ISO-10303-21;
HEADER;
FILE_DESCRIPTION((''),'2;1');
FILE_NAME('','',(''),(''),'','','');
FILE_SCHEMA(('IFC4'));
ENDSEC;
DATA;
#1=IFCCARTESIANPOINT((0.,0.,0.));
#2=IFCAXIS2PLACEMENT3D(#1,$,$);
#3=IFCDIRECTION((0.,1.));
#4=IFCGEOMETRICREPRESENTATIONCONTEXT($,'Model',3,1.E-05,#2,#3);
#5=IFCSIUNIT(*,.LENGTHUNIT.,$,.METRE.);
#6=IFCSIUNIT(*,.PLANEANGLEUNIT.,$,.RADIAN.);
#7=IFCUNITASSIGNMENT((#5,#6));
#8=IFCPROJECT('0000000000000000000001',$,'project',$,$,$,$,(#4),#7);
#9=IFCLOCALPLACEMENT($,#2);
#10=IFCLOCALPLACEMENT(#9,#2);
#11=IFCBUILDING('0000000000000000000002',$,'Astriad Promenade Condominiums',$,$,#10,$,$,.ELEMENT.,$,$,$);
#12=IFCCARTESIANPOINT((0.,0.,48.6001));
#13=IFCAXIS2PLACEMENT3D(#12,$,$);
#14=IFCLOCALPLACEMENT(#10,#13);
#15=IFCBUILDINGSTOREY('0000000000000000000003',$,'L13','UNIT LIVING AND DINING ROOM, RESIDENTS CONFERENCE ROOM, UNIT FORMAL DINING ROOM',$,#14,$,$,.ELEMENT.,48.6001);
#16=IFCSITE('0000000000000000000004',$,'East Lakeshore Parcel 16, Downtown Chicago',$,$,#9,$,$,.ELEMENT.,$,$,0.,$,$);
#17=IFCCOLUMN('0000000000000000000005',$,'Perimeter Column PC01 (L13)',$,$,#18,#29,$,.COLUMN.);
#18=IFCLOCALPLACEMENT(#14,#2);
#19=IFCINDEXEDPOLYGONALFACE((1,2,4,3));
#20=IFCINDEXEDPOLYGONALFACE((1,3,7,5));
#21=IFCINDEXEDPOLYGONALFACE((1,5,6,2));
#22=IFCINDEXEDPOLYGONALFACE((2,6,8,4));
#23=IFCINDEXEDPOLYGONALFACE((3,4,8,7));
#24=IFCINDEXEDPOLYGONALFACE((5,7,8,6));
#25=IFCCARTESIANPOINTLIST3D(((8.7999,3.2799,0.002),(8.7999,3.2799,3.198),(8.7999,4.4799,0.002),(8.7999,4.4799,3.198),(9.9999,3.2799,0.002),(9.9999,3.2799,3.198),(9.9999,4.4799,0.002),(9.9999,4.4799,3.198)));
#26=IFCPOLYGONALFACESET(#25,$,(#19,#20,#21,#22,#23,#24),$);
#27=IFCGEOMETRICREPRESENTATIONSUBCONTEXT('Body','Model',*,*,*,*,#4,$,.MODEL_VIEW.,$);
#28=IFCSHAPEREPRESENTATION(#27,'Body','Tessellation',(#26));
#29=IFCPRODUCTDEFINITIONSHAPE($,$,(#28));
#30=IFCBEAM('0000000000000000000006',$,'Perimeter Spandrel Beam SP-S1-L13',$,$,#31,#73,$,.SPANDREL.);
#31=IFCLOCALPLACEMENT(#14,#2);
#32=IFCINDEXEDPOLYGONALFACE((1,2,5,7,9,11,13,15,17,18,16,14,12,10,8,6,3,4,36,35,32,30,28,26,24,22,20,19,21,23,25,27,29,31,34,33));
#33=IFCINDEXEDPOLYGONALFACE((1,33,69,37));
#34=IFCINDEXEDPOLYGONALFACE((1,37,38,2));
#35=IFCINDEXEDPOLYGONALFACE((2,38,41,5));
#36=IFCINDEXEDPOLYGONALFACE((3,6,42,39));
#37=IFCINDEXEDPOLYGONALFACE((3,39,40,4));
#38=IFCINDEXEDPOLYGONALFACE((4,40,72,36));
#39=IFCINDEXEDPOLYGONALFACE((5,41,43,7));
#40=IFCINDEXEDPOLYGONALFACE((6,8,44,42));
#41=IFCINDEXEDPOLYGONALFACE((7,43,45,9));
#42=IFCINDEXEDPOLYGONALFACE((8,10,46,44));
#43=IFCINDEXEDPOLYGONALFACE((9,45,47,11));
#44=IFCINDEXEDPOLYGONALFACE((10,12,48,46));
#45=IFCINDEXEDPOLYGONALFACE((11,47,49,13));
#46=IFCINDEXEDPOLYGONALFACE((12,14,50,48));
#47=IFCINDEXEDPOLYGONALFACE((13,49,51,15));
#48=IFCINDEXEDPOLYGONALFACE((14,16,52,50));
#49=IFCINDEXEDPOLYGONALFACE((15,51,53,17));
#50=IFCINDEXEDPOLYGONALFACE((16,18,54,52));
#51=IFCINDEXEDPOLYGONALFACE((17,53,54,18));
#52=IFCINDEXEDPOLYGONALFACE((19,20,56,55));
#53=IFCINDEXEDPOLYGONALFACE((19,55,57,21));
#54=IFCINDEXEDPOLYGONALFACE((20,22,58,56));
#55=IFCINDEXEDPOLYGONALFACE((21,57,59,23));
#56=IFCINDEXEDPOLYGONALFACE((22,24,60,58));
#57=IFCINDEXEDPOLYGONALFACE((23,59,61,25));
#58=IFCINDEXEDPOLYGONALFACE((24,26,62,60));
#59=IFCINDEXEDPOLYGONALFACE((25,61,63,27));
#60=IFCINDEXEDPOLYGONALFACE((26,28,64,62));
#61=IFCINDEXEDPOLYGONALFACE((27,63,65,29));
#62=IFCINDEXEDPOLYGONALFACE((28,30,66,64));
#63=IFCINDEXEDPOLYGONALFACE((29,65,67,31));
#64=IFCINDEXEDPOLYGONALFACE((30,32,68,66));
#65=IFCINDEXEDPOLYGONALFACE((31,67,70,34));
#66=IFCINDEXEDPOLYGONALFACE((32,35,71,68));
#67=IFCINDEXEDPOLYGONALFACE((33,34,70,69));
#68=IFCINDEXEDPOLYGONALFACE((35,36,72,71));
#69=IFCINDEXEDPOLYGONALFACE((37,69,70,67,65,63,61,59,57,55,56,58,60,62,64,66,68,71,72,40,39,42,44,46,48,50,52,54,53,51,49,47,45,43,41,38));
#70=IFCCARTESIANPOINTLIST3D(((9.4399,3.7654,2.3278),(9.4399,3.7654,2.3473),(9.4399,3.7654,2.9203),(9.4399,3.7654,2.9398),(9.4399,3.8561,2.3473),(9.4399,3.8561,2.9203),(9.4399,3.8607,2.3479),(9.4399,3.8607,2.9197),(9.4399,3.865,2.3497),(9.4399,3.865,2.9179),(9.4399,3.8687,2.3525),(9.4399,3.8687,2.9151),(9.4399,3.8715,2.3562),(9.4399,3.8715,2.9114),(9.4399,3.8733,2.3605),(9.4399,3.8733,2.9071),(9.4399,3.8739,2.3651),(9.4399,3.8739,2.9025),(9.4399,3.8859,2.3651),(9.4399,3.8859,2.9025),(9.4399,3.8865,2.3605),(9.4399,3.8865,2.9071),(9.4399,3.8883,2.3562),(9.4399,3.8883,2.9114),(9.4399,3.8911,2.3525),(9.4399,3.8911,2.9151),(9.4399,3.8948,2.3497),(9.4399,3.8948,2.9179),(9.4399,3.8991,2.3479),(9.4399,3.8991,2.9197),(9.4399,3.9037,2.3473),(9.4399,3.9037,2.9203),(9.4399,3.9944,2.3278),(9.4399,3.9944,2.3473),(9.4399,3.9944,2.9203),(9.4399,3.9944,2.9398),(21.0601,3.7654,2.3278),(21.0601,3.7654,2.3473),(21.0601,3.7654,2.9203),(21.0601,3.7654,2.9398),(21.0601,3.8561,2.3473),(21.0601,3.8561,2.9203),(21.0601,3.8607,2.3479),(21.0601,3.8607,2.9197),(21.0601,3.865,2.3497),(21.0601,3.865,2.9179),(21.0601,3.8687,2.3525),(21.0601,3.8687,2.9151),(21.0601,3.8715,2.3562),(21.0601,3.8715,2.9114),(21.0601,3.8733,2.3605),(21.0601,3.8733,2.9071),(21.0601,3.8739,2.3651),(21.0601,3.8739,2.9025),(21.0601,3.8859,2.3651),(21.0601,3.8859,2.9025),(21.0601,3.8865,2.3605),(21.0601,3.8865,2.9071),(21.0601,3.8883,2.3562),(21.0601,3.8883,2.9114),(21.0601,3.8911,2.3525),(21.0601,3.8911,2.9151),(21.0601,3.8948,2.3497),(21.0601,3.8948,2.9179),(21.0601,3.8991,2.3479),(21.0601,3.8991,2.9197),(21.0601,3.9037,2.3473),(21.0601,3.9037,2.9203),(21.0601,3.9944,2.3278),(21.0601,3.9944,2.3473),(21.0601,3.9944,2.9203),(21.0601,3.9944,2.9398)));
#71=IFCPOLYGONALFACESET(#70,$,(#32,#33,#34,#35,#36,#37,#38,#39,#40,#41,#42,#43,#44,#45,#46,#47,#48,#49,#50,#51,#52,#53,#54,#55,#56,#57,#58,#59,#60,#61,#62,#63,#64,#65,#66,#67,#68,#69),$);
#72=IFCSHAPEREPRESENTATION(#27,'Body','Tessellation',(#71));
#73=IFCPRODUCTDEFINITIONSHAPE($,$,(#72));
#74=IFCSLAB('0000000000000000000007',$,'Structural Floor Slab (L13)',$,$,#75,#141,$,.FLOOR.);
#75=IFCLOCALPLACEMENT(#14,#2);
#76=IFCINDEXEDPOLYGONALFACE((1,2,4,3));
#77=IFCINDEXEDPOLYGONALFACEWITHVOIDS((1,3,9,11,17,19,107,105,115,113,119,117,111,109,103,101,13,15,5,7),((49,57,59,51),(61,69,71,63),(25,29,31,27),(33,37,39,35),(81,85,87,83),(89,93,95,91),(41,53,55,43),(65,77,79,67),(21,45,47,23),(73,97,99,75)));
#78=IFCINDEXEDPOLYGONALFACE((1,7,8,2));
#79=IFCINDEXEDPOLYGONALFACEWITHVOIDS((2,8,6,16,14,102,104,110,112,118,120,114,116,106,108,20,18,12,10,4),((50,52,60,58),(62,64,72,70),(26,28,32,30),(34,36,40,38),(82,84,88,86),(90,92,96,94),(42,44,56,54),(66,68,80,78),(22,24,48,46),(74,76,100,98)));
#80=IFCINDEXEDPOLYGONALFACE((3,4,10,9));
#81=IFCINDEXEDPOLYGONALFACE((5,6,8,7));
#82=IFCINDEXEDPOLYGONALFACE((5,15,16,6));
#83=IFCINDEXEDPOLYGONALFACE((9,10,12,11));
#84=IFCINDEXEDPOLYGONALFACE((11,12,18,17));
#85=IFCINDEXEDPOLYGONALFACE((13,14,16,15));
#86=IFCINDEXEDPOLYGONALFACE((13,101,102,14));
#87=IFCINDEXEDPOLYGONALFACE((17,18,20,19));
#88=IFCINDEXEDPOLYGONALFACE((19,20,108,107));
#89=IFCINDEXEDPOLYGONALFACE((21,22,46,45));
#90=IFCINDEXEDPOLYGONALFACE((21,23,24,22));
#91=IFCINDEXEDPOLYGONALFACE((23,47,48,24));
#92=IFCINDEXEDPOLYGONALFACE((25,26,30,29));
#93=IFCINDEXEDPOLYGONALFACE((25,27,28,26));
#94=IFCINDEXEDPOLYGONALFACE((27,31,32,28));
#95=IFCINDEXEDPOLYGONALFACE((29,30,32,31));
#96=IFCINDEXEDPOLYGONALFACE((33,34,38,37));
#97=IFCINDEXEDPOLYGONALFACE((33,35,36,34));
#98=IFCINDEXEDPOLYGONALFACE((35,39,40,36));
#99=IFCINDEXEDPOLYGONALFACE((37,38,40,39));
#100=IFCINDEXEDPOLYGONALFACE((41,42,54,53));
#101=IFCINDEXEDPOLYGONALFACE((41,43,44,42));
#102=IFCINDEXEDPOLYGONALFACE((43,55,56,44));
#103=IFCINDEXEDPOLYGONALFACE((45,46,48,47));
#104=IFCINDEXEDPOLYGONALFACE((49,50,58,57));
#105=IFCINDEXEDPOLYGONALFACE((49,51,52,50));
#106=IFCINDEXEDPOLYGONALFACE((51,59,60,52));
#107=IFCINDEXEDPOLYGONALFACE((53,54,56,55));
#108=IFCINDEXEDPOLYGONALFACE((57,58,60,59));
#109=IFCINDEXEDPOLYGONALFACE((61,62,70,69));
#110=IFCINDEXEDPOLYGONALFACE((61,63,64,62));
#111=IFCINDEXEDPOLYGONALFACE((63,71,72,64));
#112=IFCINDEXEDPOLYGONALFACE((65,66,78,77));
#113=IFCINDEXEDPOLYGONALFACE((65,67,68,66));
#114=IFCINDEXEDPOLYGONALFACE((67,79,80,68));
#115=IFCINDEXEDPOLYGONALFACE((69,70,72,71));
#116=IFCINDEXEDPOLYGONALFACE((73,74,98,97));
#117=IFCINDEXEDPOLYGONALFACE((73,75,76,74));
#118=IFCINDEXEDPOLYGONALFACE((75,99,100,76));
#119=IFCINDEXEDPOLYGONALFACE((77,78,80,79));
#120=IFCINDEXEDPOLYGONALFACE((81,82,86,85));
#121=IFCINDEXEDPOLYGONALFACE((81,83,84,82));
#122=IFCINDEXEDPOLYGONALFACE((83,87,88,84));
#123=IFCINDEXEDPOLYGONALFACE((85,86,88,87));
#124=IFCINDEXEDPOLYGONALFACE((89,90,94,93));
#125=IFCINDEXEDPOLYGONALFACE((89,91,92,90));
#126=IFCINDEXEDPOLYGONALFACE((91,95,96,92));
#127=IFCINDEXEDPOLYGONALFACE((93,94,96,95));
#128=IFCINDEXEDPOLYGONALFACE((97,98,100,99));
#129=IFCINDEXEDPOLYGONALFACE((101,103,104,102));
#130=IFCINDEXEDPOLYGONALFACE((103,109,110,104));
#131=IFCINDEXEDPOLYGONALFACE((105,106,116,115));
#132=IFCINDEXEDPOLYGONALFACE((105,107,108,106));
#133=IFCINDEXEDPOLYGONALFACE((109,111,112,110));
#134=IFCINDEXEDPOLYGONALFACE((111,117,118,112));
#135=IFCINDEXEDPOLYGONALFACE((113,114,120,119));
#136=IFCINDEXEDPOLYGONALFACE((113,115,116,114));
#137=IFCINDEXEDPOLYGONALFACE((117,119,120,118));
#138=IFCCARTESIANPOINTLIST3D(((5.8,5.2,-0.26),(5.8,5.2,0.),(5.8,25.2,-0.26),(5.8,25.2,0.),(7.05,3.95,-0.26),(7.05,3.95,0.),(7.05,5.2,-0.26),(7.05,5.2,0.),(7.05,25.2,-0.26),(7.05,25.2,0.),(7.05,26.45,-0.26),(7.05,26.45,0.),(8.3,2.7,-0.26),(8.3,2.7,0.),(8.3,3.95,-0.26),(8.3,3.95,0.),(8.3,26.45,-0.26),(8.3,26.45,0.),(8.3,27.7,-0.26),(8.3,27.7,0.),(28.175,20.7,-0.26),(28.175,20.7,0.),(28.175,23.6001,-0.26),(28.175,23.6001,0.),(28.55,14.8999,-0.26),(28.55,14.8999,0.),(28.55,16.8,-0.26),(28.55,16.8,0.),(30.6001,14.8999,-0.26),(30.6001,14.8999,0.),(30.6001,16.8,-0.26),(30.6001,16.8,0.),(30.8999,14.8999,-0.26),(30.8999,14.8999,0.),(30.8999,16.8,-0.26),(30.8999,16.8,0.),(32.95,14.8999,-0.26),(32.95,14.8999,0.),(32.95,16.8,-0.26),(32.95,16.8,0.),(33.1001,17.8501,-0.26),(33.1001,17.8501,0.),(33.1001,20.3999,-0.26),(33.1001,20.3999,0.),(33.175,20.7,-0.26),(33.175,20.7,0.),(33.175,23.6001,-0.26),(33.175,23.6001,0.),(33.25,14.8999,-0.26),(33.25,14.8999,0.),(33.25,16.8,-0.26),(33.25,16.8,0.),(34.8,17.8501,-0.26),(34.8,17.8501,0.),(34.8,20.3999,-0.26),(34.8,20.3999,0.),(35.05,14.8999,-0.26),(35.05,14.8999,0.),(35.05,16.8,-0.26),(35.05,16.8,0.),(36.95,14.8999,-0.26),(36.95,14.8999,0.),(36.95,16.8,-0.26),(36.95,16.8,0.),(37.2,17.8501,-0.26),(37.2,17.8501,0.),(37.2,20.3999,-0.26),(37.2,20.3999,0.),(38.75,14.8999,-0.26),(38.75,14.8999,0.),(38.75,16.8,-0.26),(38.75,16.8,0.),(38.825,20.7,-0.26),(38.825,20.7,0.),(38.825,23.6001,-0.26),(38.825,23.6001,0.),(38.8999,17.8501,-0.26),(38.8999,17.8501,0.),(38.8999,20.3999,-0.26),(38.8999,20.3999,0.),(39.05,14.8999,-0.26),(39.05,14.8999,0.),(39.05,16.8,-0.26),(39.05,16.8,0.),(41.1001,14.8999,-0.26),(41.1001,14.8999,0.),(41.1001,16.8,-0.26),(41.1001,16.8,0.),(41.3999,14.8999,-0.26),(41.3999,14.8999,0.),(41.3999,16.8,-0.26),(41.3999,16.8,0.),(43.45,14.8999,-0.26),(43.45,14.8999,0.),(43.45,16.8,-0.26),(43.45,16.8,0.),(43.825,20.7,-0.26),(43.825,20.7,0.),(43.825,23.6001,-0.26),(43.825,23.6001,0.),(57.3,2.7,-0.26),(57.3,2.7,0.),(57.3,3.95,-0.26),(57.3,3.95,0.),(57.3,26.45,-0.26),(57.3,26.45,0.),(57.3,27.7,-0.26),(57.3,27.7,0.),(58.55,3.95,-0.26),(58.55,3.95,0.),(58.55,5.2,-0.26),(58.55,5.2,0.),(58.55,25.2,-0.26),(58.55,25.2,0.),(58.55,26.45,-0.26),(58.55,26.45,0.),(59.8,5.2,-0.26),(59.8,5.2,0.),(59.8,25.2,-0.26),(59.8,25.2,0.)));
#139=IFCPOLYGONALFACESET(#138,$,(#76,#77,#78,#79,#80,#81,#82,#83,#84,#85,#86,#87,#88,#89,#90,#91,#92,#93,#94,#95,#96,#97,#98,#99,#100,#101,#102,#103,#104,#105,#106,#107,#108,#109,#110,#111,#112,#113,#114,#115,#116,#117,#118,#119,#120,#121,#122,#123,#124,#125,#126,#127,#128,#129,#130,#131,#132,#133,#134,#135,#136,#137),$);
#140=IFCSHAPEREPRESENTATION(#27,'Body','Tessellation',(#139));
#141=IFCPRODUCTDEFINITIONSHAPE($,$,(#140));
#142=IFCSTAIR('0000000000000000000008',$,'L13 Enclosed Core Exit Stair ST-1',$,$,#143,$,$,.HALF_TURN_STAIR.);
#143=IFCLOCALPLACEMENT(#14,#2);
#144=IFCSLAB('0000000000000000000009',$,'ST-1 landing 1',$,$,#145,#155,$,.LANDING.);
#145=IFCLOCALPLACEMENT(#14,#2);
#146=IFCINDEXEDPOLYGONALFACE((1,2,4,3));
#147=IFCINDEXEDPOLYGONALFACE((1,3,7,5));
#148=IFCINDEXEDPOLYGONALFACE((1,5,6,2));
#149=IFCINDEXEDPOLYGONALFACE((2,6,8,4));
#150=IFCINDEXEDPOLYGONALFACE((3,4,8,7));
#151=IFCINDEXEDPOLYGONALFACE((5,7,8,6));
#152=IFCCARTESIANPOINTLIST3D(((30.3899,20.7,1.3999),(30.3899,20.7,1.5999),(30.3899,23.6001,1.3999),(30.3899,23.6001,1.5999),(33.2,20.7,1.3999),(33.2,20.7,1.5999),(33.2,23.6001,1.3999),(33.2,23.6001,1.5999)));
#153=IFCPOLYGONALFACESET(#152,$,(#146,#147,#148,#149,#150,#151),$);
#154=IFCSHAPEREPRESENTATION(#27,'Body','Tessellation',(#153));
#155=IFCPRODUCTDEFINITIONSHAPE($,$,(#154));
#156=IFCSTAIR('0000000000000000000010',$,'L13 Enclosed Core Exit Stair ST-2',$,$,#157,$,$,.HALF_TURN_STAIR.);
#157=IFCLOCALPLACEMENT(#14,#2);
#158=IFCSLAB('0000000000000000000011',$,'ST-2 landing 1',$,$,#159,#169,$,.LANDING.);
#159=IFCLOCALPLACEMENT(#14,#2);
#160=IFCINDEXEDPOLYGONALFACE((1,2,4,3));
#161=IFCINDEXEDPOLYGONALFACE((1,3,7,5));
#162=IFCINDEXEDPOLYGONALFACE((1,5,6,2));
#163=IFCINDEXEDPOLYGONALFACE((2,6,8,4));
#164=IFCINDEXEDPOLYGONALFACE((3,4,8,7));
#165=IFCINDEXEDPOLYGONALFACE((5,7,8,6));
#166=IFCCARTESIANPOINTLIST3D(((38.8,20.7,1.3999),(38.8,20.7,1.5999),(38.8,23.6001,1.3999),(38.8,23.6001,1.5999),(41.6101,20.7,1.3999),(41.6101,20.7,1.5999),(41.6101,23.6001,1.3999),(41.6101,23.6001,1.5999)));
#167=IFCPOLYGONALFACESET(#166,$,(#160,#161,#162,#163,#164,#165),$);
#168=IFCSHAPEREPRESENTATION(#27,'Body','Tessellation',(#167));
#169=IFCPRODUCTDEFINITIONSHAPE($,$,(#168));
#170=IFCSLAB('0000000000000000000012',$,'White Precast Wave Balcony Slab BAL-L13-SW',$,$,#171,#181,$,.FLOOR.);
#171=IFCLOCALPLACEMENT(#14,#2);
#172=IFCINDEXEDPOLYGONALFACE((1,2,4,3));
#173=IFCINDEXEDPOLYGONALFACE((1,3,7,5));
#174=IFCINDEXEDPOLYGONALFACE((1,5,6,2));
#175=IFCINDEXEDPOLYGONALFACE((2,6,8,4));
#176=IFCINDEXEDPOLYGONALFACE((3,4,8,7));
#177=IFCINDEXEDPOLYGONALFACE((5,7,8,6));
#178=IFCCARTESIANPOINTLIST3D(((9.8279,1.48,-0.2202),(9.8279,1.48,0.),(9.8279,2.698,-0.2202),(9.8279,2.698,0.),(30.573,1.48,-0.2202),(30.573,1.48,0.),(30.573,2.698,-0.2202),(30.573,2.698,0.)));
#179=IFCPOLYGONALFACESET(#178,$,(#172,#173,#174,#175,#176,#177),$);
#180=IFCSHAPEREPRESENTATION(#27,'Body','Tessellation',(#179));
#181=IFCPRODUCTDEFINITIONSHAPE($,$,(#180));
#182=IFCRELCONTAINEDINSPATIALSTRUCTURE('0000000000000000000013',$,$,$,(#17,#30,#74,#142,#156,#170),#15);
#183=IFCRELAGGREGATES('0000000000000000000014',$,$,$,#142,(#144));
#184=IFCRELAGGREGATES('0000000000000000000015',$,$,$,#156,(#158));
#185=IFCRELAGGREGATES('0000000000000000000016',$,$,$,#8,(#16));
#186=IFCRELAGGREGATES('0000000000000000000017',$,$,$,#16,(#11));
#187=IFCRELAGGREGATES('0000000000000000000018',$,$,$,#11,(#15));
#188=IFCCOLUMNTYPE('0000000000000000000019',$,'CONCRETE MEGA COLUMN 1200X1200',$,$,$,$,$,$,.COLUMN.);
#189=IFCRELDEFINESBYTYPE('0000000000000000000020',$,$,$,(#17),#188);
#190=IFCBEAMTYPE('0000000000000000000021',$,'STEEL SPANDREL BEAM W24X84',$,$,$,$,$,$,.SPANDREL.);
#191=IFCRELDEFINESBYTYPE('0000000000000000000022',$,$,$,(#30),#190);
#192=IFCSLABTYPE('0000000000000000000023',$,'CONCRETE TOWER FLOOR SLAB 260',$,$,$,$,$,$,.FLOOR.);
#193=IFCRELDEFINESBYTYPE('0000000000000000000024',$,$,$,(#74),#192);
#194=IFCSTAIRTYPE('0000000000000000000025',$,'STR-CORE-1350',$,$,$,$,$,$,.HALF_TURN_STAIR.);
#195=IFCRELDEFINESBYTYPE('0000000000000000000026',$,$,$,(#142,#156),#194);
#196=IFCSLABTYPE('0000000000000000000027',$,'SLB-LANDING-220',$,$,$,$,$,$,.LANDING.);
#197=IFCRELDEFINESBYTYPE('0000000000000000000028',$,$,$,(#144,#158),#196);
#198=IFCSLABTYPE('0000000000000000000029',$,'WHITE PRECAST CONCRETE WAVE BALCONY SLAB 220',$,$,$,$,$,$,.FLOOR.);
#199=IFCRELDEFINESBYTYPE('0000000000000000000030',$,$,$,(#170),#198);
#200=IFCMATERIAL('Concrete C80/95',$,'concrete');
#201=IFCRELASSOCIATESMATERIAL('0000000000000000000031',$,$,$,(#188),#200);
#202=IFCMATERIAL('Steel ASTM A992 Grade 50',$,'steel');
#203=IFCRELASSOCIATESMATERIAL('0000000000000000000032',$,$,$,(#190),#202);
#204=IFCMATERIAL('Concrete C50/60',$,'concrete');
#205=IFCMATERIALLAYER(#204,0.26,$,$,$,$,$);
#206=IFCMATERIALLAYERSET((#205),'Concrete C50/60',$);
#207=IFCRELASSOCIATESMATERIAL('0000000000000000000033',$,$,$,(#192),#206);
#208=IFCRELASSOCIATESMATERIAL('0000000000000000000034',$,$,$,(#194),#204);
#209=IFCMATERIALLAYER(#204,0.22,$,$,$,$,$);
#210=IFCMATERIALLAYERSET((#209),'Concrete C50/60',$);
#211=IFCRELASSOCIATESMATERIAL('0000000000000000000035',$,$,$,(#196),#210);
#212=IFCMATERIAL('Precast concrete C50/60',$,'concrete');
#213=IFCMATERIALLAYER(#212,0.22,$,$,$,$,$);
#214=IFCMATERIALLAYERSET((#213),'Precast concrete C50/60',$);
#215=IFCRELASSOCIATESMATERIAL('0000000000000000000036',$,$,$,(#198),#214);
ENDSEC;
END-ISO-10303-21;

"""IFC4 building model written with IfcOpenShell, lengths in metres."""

from ifc_helpers import new_model, si_unit, direction, frame, origin, origin_2d, place, context, subcontext, project, spatial, polyline, rectangle, i_section, outline, extrude, source, transform, mapped, material, layer, layer_set, material_profile, profile_set, type_object, type_shapes, element, aggregate, save


model = new_model("IFC4")

# Units and contexts
model_context = context("Model", 3, precision=1e-05, world=origin(), true_north=direction((0.0, 1.0)))
body_context = subcontext(model_context, "Body", "Model", "MODEL_VIEW")
ifc_project = project(units=[si_unit("LENGTHUNIT", "METRE"), si_unit("PLANEANGLEUNIT", "RADIAN")], contexts=[model_context])

# Site, building, storey
site_placement = place(None, origin())
site = spatial("IfcSite", under=ifc_project, at=site_placement, Name="East Lakeshore Parcel 16, Downtown Chicago", CompositionType="ELEMENT", RefElevation=0.0)
building_placement = place(site_placement, origin())
building = spatial("IfcBuilding", under=site, at=building_placement, Name="Astriad Promenade Condominiums", CompositionType="ELEMENT")
storey_placement = place(building_placement, frame((0.0, 0.0, 48.6001)))
storey = spatial("IfcBuildingStorey", under=building, at=storey_placement, Name="L13", Description="UNIT LIVING AND DINING ROOM, RESIDENTS CONFERENCE ROOM, UNIT FORMAL DINING ROOM", CompositionType="ELEMENT", Elevation=48.6001)

# Column
ifc_material_1 = material(Name="Concrete C80/95", Category="concrete")
ifc_material_profile_1 = material_profile(ifc_material_1, rectangle(XDim=1.2, YDim=1.2, at=origin_2d()), Name="RC-COL-1200X1200")
ifc_profile_set_1 = profile_set([ifc_material_profile_1], Name="Concrete C80/95")
column_type = type_object("IfcColumnType", Name="CONCRETE MEGA COLUMN 1200X1200", PredefinedType="COLUMN", material=ifc_profile_set_1)
shared_shape_1 = source(origin(), body_context, "Body", "SweptSolid", [
    extrude(rectangle(XDim=1.2, YDim=1.2, at=origin_2d()), origin(), (0.0, 0.0, 1.0), 3.196),
])
type_shapes(column_type, [shared_shape_1])
column_placement = place(storey_placement, frame((9.3999, 3.8799, 0.002), z_axis=(0.0, 0.0, 1.0), x_axis=(1.0, 0.0, 0.0)))
element("IfcColumn", 1, at=column_placement, inside=storey, type_object=column_type, Name="Perimeter Column PC01 (L13)", PredefinedType="COLUMN", context=body_context, shape_type="MappedRepresentation", body=[
    mapped(shared_shape_1, transform((0.0, 0.0, 0.0), scale=1.0)),
])

# Beam
ifc_material_2 = material(Name="Steel ASTM A992 Grade 50", Category="steel")
ifc_material_profile_2 = material_profile(ifc_material_2, i_section(OverallWidth=0.229, OverallDepth=0.6121, WebThickness=0.012, FlangeThickness=0.0195, FilletRadius=0.0178, at=origin_2d()), Name="W24X84")
ifc_profile_set_2 = profile_set([ifc_material_profile_2], Name="Steel ASTM A992 Grade 50")
beam_type = type_object("IfcBeamType", Name="STEEL SPANDREL BEAM W24X84", PredefinedType="SPANDREL", material=ifc_profile_set_2)
shared_shape_2 = source(origin(), body_context, "Body", "SweptSolid", [
    extrude(i_section(OverallWidth=0.229, OverallDepth=0.6121, WebThickness=0.012, FlangeThickness=0.0195, FilletRadius=0.0178, at=origin_2d()), origin(), (0.0, 0.0, 1.0), 11.6201),
])
type_shapes(beam_type, [shared_shape_2])
beam_placement = place(storey_placement, frame((9.4399, 3.8799, 2.6338), z_axis=(1.0, 0.0, 0.0), x_axis=(0.0, 1.0, 0.0)))
element("IfcBeam", 2, at=beam_placement, inside=storey, type_object=beam_type, Name="Perimeter Spandrel Beam SP-S1-L13", PredefinedType="SPANDREL", context=body_context, shape_type="MappedRepresentation", body=[
    mapped(shared_shape_2, transform((0.0, 0.0, 0.0), scale=1.0)),
])

# Slab
ifc_material_3 = material(Name="Concrete C50/60", Category="concrete")
ifc_layer_1 = layer(ifc_material_3, 0.26)
ifc_layer_set_1 = layer_set([ifc_layer_1], Name="Concrete C50/60")
slab_type_1 = type_object("IfcSlabType", Name="CONCRETE TOWER FLOOR SLAB 260", PredefinedType="FLOOR", material=ifc_layer_set_1)
slab_1_placement = place(storey_placement, frame((0.0, 0.0, -0.26)))
element("IfcSlab", 3, at=slab_1_placement, inside=storey, type_object=slab_type_1, Name="Structural Floor Slab (L13)", PredefinedType="FLOOR", context=body_context, shape_type="SweptSolid", body=[
    extrude(outline(polyline([(8.3, 2.7), (57.3, 2.7), (57.3, 3.95), (58.55, 3.95), (58.55, 5.2), (59.8, 5.2), (59.8, 25.2), (58.55, 25.2), (58.55, 26.45), (57.3, 26.45), (57.3, 27.7), (8.3, 27.7), (8.3, 26.45), (7.05, 26.45), (7.05, 25.2), (5.8, 25.2), (5.8, 5.2), (7.05, 5.2), (7.05, 3.95), (8.3, 3.95), (8.3, 2.7)]), holes=[polyline([(28.175, 20.7), (33.175, 20.7), (33.175, 23.6001), (28.175, 23.6001), (28.175, 20.7)]), polyline([(38.825, 20.7), (43.825, 20.7), (43.825, 23.6001), (38.825, 23.6001), (38.825, 20.7)]), polyline([(33.1001, 17.8501), (34.8, 17.8501), (34.8, 20.3999), (33.1001, 20.3999), (33.1001, 17.8501)]), polyline([(37.2, 17.8501), (38.8999, 17.8501), (38.8999, 20.3999), (37.2, 20.3999), (37.2, 17.8501)]), polyline([(28.55, 14.8999), (30.6001, 14.8999), (30.6001, 16.8), (28.55, 16.8), (28.55, 14.8999)]), polyline([(30.8999, 14.8999), (32.95, 14.8999), (32.95, 16.8), (30.8999, 16.8), (30.8999, 14.8999)]), polyline([(33.25, 14.8999), (35.05, 14.8999), (35.05, 16.8), (33.25, 16.8), (33.25, 14.8999)]), polyline([(36.95, 14.8999), (38.75, 14.8999), (38.75, 16.8), (36.95, 16.8), (36.95, 14.8999)]), polyline([(39.05, 14.8999), (41.1001, 14.8999), (41.1001, 16.8), (39.05, 16.8), (39.05, 14.8999)]), polyline([(41.3999, 14.8999), (43.45, 14.8999), (43.45, 16.8), (41.3999, 16.8), (41.3999, 14.8999)])]), origin(), (0.0, 0.0, 1.0), 0.26),
])

# Stairs, slabs
stair_type = type_object("IfcStairType", Name="STR-CORE-1350", PredefinedType="HALF_TURN_STAIR", material=ifc_material_3)
stair_1_placement = place(storey_placement, origin())
stair_1 = element("IfcStair", 4, at=stair_1_placement, inside=storey, type_object=stair_type, Name="L13 Enclosed Core Exit Stair ST-1", PredefinedType="HALF_TURN_STAIR")
ifc_layer_2 = layer(ifc_material_3, 0.22)
ifc_layer_set_2 = layer_set([ifc_layer_2], Name="Concrete C50/60")
slab_type_2 = type_object("IfcSlabType", Name="SLB-LANDING-220", PredefinedType="LANDING", material=ifc_layer_set_2)
slab_2_placement = place(storey_placement, frame((0.0, 0.0, 1.3999)))
slab_2 = element("IfcSlab", 5, at=slab_2_placement, type_object=slab_type_2, Name="ST-1 landing 1", PredefinedType="LANDING", context=body_context, shape_type="SweptSolid", body=[
    extrude(outline(polyline([(30.3899, 20.7), (33.2, 20.7), (33.2, 23.6001), (30.3899, 23.6001), (30.3899, 20.7)])), origin(), (0.0, 0.0, 1.0), 0.2),
])
aggregate(stair_1, [slab_2])
stair_2_placement = place(storey_placement, origin())
stair_2 = element("IfcStair", 6, at=stair_2_placement, inside=storey, type_object=stair_type, Name="L13 Enclosed Core Exit Stair ST-2", PredefinedType="HALF_TURN_STAIR")
slab_3_placement = place(storey_placement, frame((0.0, 0.0, 1.3999)))
slab_3 = element("IfcSlab", 7, at=slab_3_placement, type_object=slab_type_2, Name="ST-2 landing 1", PredefinedType="LANDING", context=body_context, shape_type="SweptSolid", body=[
    extrude(outline(polyline([(41.6101, 23.6001), (38.8, 23.6001), (38.8, 20.7), (41.6101, 20.7), (41.6101, 23.6001)])), origin(), (0.0, 0.0, 1.0), 0.2),
])
aggregate(stair_2, [slab_3])

# Slab
ifc_material_4 = material(Name="Precast concrete C50/60", Category="concrete")
ifc_layer_3 = layer(ifc_material_4, 0.22)
ifc_layer_set_3 = layer_set([ifc_layer_3], Name="Precast concrete C50/60")
slab_type_3 = type_object("IfcSlabType", Name="WHITE PRECAST CONCRETE WAVE BALCONY SLAB 220", PredefinedType="FLOOR", material=ifc_layer_set_3)
slab_4_placement = place(storey_placement, frame((0.0, 0.0, -0.2202)))
element("IfcSlab", 8, at=slab_4_placement, inside=storey, type_object=slab_type_3, Name="White Precast Wave Balcony Slab BAL-L13-SW", PredefinedType="FLOOR", context=body_context, shape_type="SweptSolid", body=[
    extrude(outline(polyline([(30.573, 1.48), (9.8279, 1.48), (9.8279, 2.698), (30.573, 2.698), (30.573, 1.48)])), origin(), (0.0, 0.0, 1.0), 0.2202),
])

save(model, "model.ifc")
